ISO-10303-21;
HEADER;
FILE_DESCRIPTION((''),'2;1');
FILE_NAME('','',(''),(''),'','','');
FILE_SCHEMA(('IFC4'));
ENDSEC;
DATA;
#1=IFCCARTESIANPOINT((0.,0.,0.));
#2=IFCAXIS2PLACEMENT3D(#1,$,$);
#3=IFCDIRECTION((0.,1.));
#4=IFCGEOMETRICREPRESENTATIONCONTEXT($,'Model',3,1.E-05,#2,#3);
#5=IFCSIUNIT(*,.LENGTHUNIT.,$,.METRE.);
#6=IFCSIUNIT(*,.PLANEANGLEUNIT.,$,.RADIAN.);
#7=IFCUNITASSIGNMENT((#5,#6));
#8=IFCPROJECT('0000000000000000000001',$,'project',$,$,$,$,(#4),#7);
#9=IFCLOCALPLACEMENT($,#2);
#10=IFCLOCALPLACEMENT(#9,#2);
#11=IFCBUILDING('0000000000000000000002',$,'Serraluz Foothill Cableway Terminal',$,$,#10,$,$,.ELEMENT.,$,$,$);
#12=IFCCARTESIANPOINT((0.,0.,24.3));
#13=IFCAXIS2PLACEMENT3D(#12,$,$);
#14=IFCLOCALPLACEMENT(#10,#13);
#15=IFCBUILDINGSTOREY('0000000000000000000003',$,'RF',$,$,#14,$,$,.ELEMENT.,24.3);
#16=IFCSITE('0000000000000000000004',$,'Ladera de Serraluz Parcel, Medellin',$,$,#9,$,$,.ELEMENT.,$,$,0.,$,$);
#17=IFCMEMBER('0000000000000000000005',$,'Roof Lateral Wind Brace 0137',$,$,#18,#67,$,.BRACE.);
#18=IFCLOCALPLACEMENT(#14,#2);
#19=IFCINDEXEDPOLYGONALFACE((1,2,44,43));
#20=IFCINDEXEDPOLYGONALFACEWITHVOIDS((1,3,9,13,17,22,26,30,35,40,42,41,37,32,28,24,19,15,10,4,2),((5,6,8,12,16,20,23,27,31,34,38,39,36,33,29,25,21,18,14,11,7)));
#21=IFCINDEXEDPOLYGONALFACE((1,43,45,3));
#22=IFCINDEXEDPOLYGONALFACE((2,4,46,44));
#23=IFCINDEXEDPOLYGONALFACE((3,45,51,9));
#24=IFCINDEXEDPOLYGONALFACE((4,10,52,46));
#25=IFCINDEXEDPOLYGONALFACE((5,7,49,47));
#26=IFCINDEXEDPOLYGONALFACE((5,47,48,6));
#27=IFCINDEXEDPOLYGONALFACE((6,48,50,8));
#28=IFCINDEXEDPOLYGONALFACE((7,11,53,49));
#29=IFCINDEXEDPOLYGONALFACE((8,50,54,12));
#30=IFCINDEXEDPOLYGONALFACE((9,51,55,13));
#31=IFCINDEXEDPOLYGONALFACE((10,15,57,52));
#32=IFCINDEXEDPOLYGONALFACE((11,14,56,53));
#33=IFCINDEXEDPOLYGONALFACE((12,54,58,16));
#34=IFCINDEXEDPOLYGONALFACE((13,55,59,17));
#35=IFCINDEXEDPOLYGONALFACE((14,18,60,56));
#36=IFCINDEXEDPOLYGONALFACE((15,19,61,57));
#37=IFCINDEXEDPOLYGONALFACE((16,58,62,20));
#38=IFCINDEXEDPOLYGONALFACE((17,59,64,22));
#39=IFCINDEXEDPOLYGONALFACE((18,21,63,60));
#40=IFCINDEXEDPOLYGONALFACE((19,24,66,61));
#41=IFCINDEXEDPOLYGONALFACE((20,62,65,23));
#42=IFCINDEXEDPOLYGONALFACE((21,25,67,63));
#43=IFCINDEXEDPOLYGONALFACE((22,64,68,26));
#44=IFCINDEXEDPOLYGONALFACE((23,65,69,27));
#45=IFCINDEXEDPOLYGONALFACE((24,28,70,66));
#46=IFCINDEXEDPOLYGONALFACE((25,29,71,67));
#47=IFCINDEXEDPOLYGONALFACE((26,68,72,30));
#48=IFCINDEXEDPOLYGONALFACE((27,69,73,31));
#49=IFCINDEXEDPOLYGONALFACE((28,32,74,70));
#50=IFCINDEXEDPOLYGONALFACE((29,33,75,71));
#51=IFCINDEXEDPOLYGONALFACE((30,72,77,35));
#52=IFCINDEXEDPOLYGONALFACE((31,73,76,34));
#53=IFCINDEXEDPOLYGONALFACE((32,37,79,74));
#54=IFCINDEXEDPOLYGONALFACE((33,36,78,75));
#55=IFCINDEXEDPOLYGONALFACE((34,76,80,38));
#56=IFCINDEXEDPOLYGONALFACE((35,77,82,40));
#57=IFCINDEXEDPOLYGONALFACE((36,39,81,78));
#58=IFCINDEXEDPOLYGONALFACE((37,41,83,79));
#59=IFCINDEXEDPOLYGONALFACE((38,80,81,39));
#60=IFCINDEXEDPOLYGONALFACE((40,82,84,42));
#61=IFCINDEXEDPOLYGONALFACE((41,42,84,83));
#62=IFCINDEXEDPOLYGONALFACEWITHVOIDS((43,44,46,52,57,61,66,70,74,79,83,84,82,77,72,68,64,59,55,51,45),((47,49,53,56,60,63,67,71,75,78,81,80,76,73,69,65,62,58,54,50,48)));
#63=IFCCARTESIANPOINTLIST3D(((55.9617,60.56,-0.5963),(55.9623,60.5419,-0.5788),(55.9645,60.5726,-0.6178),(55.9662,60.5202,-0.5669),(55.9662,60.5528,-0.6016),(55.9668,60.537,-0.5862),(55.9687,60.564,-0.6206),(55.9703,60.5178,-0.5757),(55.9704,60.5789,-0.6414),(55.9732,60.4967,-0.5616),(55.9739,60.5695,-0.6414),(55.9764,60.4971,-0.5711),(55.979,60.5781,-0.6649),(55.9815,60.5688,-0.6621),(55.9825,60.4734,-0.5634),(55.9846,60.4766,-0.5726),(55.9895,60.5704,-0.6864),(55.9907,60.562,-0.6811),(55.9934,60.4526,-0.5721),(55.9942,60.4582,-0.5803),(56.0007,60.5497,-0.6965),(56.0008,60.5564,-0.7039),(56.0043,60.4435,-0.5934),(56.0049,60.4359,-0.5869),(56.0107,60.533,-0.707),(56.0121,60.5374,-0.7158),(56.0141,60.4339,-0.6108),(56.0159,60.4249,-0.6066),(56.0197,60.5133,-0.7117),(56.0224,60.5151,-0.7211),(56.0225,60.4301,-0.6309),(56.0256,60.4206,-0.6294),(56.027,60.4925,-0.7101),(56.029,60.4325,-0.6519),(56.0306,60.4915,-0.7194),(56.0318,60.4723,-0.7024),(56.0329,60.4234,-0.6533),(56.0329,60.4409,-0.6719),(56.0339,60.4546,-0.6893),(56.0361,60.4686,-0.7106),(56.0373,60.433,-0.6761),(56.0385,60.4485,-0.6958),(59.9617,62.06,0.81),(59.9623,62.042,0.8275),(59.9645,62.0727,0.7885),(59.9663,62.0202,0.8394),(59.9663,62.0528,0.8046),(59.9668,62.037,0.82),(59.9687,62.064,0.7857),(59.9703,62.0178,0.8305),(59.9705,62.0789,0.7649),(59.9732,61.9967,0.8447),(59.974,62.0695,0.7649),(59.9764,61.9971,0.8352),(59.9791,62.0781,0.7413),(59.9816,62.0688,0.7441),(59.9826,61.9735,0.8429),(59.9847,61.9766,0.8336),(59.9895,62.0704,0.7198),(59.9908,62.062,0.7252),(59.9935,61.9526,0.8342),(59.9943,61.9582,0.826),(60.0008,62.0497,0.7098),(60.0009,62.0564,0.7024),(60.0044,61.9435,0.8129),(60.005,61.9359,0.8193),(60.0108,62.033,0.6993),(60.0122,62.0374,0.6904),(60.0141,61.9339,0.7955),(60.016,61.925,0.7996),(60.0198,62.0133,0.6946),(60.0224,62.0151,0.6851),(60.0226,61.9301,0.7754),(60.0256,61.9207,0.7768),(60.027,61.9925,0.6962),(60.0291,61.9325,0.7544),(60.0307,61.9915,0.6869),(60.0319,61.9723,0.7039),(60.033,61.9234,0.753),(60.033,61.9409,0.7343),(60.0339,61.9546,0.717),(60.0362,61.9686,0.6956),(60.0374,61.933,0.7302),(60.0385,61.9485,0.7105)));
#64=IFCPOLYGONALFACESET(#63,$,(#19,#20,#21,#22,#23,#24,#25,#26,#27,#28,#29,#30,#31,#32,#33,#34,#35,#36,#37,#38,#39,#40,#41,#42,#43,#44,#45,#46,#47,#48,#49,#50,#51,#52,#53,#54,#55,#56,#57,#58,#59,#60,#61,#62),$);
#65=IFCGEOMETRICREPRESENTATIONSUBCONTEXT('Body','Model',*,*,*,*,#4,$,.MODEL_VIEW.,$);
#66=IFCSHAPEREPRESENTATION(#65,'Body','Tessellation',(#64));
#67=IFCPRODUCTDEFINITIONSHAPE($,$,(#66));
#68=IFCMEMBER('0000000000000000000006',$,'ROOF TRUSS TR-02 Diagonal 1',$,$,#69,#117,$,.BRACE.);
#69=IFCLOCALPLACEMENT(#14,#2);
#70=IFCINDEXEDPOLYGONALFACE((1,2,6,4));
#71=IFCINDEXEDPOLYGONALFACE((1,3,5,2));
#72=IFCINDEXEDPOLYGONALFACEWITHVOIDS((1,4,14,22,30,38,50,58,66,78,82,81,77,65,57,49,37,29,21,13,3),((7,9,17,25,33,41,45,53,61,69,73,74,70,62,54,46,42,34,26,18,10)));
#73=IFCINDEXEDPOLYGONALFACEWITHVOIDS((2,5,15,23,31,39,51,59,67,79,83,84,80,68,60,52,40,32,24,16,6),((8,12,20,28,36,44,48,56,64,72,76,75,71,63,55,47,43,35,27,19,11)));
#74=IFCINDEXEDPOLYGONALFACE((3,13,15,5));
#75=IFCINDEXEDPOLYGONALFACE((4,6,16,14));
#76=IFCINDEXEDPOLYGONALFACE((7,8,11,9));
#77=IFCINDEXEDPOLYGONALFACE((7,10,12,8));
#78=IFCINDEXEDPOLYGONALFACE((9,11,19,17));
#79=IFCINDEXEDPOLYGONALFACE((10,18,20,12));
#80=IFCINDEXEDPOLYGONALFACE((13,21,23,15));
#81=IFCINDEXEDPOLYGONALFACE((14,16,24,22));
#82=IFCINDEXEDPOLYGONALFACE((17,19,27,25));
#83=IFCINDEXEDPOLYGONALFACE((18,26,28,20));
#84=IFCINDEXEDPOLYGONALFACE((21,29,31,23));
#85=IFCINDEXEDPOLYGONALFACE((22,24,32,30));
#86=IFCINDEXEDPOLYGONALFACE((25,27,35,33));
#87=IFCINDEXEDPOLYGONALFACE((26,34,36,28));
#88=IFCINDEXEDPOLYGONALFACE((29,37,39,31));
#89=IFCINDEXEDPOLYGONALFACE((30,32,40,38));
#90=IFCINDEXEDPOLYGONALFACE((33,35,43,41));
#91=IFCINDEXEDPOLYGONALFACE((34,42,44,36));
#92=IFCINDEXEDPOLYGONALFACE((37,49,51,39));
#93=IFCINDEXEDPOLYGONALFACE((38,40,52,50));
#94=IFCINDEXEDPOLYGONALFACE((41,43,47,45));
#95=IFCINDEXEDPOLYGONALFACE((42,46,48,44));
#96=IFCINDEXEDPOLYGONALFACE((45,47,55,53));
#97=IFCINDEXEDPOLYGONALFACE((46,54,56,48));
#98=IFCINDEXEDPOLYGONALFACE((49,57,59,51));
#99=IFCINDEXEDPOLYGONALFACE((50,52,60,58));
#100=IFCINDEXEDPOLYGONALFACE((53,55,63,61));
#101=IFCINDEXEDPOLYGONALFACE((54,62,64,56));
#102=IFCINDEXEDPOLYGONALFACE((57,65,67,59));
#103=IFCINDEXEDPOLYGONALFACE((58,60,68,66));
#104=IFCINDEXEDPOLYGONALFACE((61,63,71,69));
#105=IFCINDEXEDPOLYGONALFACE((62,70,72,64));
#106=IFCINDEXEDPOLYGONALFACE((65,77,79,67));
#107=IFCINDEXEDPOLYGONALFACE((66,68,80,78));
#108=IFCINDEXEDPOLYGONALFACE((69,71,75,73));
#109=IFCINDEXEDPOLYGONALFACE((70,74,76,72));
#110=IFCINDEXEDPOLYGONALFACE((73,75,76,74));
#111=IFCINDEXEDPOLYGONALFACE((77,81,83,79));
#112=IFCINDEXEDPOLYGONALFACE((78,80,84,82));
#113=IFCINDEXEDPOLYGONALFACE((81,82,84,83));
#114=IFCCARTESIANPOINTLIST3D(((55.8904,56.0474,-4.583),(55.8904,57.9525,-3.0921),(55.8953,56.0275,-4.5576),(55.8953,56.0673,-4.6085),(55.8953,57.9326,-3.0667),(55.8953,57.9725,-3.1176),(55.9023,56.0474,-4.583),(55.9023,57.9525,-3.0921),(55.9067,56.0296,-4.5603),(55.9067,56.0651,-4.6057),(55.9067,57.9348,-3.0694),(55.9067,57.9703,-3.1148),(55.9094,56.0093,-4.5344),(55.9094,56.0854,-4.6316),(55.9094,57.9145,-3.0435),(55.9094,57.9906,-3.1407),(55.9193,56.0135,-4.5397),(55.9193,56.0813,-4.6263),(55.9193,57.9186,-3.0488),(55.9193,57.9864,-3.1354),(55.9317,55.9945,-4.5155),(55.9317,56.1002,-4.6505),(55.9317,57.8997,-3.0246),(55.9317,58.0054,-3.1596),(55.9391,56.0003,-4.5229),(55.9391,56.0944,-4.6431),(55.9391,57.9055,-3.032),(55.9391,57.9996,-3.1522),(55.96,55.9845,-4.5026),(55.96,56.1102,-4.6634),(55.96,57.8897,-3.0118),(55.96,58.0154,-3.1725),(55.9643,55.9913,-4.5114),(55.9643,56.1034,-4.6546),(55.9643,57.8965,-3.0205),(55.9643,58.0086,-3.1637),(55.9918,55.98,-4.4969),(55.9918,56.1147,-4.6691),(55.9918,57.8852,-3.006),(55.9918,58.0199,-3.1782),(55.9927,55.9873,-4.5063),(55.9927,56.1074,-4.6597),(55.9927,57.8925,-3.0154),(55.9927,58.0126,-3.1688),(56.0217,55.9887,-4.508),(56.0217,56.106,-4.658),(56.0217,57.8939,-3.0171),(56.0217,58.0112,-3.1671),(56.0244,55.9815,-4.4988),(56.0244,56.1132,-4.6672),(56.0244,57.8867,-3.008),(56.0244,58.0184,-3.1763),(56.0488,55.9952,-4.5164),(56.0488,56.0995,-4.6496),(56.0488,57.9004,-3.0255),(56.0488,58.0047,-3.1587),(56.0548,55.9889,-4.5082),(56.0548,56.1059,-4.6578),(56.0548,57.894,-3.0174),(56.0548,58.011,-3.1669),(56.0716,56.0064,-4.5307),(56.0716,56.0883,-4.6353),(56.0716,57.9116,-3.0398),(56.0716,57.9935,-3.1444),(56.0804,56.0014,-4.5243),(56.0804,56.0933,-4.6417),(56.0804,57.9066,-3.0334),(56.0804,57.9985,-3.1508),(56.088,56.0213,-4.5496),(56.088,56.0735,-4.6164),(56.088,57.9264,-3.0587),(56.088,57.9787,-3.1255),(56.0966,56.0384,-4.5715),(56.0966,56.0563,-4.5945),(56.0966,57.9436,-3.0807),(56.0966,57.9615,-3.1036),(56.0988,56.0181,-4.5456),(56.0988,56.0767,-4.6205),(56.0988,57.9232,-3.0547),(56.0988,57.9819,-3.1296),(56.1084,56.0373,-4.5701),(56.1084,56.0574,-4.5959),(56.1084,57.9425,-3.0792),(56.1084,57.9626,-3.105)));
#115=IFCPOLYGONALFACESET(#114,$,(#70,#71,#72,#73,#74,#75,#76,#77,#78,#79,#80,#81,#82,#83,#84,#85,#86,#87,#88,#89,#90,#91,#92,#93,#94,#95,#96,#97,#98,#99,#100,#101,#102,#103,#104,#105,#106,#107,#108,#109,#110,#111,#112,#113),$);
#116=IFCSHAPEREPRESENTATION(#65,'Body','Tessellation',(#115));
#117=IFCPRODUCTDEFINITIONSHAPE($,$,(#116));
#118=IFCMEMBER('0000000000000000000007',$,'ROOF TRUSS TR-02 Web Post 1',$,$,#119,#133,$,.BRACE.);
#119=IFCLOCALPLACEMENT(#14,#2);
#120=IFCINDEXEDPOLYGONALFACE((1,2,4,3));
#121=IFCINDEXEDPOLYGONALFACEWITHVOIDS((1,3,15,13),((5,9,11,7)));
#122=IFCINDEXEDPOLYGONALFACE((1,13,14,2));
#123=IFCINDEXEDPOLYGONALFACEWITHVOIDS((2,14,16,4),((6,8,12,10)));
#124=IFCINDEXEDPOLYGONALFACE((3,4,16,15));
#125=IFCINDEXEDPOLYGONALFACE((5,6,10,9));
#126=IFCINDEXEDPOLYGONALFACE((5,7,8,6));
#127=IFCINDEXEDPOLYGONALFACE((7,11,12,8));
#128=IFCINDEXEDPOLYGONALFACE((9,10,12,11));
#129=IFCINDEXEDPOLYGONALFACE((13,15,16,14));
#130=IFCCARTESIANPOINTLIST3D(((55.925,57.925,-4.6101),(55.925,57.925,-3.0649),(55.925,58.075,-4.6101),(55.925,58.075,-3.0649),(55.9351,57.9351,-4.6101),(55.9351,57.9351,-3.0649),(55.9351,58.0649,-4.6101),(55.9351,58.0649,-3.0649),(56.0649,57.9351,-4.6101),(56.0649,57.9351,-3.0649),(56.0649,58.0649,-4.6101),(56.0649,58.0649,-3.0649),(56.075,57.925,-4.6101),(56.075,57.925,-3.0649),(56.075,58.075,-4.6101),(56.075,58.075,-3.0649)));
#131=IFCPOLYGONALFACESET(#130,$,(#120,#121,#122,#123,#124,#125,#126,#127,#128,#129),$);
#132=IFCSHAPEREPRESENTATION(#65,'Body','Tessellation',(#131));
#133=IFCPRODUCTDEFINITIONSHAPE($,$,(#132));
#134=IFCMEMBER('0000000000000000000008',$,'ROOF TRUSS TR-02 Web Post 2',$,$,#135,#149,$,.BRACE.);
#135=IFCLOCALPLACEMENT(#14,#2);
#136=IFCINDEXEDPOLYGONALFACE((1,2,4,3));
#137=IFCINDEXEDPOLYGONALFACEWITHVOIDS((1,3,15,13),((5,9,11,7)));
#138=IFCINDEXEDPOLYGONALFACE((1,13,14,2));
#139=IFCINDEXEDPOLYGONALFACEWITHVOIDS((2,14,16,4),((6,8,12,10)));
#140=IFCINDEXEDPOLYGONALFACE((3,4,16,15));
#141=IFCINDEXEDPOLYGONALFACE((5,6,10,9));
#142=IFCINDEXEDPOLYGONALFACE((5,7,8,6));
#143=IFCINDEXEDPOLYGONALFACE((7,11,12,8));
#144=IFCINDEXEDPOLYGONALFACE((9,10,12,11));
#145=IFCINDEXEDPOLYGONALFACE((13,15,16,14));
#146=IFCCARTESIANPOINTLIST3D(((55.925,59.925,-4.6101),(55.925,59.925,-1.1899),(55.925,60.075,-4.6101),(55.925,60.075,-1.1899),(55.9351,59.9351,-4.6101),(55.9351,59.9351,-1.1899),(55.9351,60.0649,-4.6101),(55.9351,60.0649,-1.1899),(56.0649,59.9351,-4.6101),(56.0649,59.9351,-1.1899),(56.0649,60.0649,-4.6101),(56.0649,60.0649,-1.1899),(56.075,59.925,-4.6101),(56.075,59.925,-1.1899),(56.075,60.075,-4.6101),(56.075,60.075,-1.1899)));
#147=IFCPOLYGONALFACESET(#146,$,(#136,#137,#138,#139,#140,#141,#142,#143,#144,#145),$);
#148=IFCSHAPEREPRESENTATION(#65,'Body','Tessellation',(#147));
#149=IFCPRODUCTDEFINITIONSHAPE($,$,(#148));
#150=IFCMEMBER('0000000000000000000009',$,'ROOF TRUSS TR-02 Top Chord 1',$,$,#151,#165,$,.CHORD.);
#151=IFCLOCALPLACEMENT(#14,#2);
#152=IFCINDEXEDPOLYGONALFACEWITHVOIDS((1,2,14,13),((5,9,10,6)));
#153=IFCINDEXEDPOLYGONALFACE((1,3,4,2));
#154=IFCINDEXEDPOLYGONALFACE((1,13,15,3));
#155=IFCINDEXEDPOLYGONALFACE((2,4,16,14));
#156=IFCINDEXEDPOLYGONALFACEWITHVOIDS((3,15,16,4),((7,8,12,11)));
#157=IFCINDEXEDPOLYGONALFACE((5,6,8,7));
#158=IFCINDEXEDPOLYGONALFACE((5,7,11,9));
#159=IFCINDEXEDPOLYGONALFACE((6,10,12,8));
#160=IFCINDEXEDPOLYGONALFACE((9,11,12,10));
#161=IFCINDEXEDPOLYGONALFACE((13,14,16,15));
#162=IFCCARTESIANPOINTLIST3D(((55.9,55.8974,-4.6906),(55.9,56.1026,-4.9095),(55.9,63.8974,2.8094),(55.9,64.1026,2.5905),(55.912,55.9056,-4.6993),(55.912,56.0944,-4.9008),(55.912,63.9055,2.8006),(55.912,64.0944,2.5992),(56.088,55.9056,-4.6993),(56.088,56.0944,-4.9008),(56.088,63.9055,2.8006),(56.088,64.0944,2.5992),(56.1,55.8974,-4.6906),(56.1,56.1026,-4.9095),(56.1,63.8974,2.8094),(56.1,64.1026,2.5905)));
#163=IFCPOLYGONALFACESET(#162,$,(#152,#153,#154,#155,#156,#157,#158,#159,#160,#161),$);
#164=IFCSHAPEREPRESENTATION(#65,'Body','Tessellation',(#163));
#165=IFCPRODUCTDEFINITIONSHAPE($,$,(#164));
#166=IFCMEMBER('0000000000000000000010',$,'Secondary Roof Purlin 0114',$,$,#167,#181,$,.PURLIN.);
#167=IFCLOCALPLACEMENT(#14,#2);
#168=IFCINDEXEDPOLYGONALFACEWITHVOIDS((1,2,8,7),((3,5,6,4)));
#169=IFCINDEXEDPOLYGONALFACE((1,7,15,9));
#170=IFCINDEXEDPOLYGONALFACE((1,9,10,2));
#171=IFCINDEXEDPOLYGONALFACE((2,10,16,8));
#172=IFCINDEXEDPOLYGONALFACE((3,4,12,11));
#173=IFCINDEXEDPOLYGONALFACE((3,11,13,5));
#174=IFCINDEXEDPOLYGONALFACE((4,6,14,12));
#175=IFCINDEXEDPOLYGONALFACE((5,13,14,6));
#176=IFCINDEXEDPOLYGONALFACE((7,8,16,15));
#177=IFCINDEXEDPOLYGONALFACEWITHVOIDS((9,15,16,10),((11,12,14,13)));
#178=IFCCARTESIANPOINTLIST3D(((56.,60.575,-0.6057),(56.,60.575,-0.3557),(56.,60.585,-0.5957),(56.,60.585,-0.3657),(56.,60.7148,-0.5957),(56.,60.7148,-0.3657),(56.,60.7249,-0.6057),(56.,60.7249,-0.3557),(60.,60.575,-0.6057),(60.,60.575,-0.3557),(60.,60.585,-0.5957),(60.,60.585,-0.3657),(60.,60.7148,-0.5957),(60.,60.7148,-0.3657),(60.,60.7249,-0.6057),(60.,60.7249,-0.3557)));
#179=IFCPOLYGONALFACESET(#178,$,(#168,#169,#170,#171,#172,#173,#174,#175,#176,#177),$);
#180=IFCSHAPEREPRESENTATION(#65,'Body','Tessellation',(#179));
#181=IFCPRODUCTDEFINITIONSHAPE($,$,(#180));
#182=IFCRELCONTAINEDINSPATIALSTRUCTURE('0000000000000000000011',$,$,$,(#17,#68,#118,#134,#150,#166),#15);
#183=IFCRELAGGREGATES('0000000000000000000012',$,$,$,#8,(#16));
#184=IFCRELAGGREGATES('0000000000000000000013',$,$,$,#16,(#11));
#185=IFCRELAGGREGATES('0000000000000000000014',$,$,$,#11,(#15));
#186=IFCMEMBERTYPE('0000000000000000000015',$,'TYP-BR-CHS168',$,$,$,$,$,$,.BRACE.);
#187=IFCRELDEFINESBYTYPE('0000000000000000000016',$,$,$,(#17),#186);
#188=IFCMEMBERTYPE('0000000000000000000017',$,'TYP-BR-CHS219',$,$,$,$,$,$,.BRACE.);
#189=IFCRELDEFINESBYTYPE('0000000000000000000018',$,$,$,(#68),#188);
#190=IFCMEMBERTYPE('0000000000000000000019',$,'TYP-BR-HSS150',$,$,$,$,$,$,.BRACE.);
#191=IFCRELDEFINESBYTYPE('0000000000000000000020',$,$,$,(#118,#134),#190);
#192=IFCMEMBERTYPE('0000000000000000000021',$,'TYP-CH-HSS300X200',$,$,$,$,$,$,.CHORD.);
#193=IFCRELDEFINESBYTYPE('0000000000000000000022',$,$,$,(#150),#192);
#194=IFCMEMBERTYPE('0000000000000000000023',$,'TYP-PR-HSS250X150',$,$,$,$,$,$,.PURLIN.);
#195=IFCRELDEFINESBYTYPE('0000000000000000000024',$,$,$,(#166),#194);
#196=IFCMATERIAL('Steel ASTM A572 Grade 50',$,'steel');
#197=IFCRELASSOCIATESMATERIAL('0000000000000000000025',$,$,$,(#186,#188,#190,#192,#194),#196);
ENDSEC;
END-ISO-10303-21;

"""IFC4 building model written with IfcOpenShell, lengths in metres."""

from ifc_helpers import new_model, si_unit, direction, frame, origin, origin_2d, place, context, subcontext, project, spatial, hollow_rectangle, hollow_circle, extrude, material, material_profile, profile_set, type_object, element, save


model = new_model("IFC4")

# Units and contexts
model_context = context("Model", 3, precision=1e-05, world=origin(), true_north=direction((0.0, 1.0)))
body_context = subcontext(model_context, "Body", "Model", "MODEL_VIEW")
ifc_project = project(units=[si_unit("LENGTHUNIT", "METRE"), si_unit("PLANEANGLEUNIT", "RADIAN")], contexts=[model_context])

# Site, building, storey
site_placement = place(None, origin())
site = spatial("IfcSite", under=ifc_project, at=site_placement, Name="Ladera de Serraluz Parcel, Medellin", CompositionType="ELEMENT", RefElevation=0.0)
building_placement = place(site_placement, origin())
building = spatial("IfcBuilding", under=site, at=building_placement, Name="Serraluz Foothill Cableway Terminal", CompositionType="ELEMENT")
storey_placement = place(building_placement, frame((0.0, 0.0, 24.3)))
storey = spatial("IfcBuildingStorey", under=building, at=storey_placement, Name="RF", CompositionType="ELEMENT", Elevation=24.3)

# Members
ifc_material_1 = material(Name="Steel ASTM A572 Grade 50", Category="steel")
ifc_material_profile_1 = material_profile(ifc_material_1, hollow_circle(Radius=0.0842, WallThickness=0.01, at=origin_2d()), Name="CHS168X10")
ifc_profile_set_1 = profile_set([ifc_material_profile_1], Name="Steel ASTM A572 Grade 50")
member_type_1 = type_object("IfcMemberType", Name="TYP-BR-CHS168", PredefinedType="BRACE", material=ifc_profile_set_1)
for number, where, z_axis, x_axis, name in (
    (1, (56.0, 60.5, -0.6414), (0.889382, 0.333518, 0.312673), (-0.351123, 0.936329, 0.0), "Roof Lateral Wind Brace 0137"),
):
    element("IfcMember", number, at=place(storey_placement, frame(where, z_axis=z_axis, x_axis=x_axis)), inside=storey, type_object=member_type_1, Name=name, PredefinedType="BRACE", context=body_context, shape_type="SweptSolid", body=[
        extrude(hollow_circle(Radius=0.0842, WallThickness=0.01, at=origin_2d()), origin(), (0.0, 0.0, 1.0), 4.4976),
    ])
ifc_material_profile_2 = material_profile(ifc_material_1, hollow_circle(Radius=0.1096, WallThickness=0.012, at=origin_2d()), Name="CHS219X12")
ifc_profile_set_2 = profile_set([ifc_material_profile_2], Name="Steel ASTM A572 Grade 50")
member_type_2 = type_object("IfcMemberType", Name="TYP-BR-CHS219", PredefinedType="BRACE", material=ifc_profile_set_2)
member_1_placement = place(storey_placement, frame((56.0, 56.0474, -4.583), z_axis=(0.0, 0.787528, 0.616278), x_axis=(-1.0, 0.0, 0.0)))
element("IfcMember", 2, at=member_1_placement, inside=storey, type_object=member_type_2, Name="ROOF TRUSS TR-02 Diagonal 1", PredefinedType="BRACE", context=body_context, shape_type="SweptSolid", body=[
    extrude(hollow_circle(Radius=0.1096, WallThickness=0.012, at=origin_2d()), origin(), (0.0, 0.0, 1.0), 2.4192),
])
ifc_material_profile_3 = material_profile(ifc_material_1, hollow_rectangle(XDim=0.1499, YDim=0.1499, WallThickness=0.01, at=origin_2d()), Name="HSS150X150X10")
ifc_profile_set_3 = profile_set([ifc_material_profile_3], Name="Steel ASTM A572 Grade 50")
member_type_3 = type_object("IfcMemberType", Name="TYP-BR-HSS150", PredefinedType="BRACE", material=ifc_profile_set_3)
member_2_placement = place(storey_placement, frame((56.0, 58.0, -4.6101), z_axis=(0.0, 0.0, 1.0), x_axis=(1.0, 0.0, 0.0)))
element("IfcMember", 3, at=member_2_placement, inside=storey, type_object=member_type_3, Name="ROOF TRUSS TR-02 Web Post 1", PredefinedType="BRACE", context=body_context, shape_type="SweptSolid", body=[
    extrude(hollow_rectangle(XDim=0.1499, YDim=0.1499, WallThickness=0.01, at=origin_2d()), origin(), (0.0, 0.0, 1.0), 1.5452),
])
member_3_placement = place(storey_placement, frame((56.0, 60.0, -4.6101), z_axis=(0.0, 0.0, 1.0), x_axis=(1.0, 0.0, 0.0)))
element("IfcMember", 4, at=member_3_placement, inside=storey, type_object=member_type_3, Name="ROOF TRUSS TR-02 Web Post 2", PredefinedType="BRACE", context=body_context, shape_type="SweptSolid", body=[
    extrude(hollow_rectangle(XDim=0.1499, YDim=0.1499, WallThickness=0.01, at=origin_2d()), origin(), (0.0, 0.0, 1.0), 3.4202),
])
ifc_material_profile_4 = material_profile(ifc_material_1, hollow_rectangle(XDim=0.2, YDim=0.3, WallThickness=0.012, at=origin_2d()), Name="HSS300X200X12")
ifc_profile_set_4 = profile_set([ifc_material_profile_4], Name="Steel ASTM A572 Grade 50")
member_type_4 = type_object("IfcMemberType", Name="TYP-CH-HSS300X200", PredefinedType="CHORD", material=ifc_profile_set_4)
member_4_placement = place(storey_placement, frame((56.0, 56.0, -4.8), z_axis=(0.0, 0.729537, 0.683941), x_axis=(-1.0, 0.0, 0.0)))
element("IfcMember", 5, at=member_4_placement, inside=storey, type_object=member_type_4, Name="ROOF TRUSS TR-02 Top Chord 1", PredefinedType="CHORD", context=body_context, shape_type="SweptSolid", body=[
    extrude(hollow_rectangle(XDim=0.2, YDim=0.3, WallThickness=0.012, at=origin_2d()), origin(), (0.0, 0.0, 1.0), 10.9658),
])
ifc_material_profile_5 = material_profile(ifc_material_1, hollow_rectangle(XDim=0.1499, YDim=0.25, WallThickness=0.01, at=origin_2d()), Name="HSS250X150X10")
ifc_profile_set_5 = profile_set([ifc_material_profile_5], Name="Steel ASTM A572 Grade 50")
member_type_5 = type_object("IfcMemberType", Name="TYP-PR-HSS250X150", PredefinedType="PURLIN", material=ifc_profile_set_5)
member_5_placement = place(storey_placement, frame((56.0, 60.6499, -0.4807), z_axis=(1.0, 0.0, 0.0), x_axis=(0.0, 1.0, 0.0)))
element("IfcMember", 6, at=member_5_placement, inside=storey, type_object=member_type_5, Name="Secondary Roof Purlin 0114", PredefinedType="PURLIN", context=body_context, shape_type="SweptSolid", body=[
    extrude(hollow_rectangle(XDim=0.1499, YDim=0.25, WallThickness=0.01, at=origin_2d()), origin(), (0.0, 0.0, 1.0), 4.0),
])

save(model, "model.ifc")
